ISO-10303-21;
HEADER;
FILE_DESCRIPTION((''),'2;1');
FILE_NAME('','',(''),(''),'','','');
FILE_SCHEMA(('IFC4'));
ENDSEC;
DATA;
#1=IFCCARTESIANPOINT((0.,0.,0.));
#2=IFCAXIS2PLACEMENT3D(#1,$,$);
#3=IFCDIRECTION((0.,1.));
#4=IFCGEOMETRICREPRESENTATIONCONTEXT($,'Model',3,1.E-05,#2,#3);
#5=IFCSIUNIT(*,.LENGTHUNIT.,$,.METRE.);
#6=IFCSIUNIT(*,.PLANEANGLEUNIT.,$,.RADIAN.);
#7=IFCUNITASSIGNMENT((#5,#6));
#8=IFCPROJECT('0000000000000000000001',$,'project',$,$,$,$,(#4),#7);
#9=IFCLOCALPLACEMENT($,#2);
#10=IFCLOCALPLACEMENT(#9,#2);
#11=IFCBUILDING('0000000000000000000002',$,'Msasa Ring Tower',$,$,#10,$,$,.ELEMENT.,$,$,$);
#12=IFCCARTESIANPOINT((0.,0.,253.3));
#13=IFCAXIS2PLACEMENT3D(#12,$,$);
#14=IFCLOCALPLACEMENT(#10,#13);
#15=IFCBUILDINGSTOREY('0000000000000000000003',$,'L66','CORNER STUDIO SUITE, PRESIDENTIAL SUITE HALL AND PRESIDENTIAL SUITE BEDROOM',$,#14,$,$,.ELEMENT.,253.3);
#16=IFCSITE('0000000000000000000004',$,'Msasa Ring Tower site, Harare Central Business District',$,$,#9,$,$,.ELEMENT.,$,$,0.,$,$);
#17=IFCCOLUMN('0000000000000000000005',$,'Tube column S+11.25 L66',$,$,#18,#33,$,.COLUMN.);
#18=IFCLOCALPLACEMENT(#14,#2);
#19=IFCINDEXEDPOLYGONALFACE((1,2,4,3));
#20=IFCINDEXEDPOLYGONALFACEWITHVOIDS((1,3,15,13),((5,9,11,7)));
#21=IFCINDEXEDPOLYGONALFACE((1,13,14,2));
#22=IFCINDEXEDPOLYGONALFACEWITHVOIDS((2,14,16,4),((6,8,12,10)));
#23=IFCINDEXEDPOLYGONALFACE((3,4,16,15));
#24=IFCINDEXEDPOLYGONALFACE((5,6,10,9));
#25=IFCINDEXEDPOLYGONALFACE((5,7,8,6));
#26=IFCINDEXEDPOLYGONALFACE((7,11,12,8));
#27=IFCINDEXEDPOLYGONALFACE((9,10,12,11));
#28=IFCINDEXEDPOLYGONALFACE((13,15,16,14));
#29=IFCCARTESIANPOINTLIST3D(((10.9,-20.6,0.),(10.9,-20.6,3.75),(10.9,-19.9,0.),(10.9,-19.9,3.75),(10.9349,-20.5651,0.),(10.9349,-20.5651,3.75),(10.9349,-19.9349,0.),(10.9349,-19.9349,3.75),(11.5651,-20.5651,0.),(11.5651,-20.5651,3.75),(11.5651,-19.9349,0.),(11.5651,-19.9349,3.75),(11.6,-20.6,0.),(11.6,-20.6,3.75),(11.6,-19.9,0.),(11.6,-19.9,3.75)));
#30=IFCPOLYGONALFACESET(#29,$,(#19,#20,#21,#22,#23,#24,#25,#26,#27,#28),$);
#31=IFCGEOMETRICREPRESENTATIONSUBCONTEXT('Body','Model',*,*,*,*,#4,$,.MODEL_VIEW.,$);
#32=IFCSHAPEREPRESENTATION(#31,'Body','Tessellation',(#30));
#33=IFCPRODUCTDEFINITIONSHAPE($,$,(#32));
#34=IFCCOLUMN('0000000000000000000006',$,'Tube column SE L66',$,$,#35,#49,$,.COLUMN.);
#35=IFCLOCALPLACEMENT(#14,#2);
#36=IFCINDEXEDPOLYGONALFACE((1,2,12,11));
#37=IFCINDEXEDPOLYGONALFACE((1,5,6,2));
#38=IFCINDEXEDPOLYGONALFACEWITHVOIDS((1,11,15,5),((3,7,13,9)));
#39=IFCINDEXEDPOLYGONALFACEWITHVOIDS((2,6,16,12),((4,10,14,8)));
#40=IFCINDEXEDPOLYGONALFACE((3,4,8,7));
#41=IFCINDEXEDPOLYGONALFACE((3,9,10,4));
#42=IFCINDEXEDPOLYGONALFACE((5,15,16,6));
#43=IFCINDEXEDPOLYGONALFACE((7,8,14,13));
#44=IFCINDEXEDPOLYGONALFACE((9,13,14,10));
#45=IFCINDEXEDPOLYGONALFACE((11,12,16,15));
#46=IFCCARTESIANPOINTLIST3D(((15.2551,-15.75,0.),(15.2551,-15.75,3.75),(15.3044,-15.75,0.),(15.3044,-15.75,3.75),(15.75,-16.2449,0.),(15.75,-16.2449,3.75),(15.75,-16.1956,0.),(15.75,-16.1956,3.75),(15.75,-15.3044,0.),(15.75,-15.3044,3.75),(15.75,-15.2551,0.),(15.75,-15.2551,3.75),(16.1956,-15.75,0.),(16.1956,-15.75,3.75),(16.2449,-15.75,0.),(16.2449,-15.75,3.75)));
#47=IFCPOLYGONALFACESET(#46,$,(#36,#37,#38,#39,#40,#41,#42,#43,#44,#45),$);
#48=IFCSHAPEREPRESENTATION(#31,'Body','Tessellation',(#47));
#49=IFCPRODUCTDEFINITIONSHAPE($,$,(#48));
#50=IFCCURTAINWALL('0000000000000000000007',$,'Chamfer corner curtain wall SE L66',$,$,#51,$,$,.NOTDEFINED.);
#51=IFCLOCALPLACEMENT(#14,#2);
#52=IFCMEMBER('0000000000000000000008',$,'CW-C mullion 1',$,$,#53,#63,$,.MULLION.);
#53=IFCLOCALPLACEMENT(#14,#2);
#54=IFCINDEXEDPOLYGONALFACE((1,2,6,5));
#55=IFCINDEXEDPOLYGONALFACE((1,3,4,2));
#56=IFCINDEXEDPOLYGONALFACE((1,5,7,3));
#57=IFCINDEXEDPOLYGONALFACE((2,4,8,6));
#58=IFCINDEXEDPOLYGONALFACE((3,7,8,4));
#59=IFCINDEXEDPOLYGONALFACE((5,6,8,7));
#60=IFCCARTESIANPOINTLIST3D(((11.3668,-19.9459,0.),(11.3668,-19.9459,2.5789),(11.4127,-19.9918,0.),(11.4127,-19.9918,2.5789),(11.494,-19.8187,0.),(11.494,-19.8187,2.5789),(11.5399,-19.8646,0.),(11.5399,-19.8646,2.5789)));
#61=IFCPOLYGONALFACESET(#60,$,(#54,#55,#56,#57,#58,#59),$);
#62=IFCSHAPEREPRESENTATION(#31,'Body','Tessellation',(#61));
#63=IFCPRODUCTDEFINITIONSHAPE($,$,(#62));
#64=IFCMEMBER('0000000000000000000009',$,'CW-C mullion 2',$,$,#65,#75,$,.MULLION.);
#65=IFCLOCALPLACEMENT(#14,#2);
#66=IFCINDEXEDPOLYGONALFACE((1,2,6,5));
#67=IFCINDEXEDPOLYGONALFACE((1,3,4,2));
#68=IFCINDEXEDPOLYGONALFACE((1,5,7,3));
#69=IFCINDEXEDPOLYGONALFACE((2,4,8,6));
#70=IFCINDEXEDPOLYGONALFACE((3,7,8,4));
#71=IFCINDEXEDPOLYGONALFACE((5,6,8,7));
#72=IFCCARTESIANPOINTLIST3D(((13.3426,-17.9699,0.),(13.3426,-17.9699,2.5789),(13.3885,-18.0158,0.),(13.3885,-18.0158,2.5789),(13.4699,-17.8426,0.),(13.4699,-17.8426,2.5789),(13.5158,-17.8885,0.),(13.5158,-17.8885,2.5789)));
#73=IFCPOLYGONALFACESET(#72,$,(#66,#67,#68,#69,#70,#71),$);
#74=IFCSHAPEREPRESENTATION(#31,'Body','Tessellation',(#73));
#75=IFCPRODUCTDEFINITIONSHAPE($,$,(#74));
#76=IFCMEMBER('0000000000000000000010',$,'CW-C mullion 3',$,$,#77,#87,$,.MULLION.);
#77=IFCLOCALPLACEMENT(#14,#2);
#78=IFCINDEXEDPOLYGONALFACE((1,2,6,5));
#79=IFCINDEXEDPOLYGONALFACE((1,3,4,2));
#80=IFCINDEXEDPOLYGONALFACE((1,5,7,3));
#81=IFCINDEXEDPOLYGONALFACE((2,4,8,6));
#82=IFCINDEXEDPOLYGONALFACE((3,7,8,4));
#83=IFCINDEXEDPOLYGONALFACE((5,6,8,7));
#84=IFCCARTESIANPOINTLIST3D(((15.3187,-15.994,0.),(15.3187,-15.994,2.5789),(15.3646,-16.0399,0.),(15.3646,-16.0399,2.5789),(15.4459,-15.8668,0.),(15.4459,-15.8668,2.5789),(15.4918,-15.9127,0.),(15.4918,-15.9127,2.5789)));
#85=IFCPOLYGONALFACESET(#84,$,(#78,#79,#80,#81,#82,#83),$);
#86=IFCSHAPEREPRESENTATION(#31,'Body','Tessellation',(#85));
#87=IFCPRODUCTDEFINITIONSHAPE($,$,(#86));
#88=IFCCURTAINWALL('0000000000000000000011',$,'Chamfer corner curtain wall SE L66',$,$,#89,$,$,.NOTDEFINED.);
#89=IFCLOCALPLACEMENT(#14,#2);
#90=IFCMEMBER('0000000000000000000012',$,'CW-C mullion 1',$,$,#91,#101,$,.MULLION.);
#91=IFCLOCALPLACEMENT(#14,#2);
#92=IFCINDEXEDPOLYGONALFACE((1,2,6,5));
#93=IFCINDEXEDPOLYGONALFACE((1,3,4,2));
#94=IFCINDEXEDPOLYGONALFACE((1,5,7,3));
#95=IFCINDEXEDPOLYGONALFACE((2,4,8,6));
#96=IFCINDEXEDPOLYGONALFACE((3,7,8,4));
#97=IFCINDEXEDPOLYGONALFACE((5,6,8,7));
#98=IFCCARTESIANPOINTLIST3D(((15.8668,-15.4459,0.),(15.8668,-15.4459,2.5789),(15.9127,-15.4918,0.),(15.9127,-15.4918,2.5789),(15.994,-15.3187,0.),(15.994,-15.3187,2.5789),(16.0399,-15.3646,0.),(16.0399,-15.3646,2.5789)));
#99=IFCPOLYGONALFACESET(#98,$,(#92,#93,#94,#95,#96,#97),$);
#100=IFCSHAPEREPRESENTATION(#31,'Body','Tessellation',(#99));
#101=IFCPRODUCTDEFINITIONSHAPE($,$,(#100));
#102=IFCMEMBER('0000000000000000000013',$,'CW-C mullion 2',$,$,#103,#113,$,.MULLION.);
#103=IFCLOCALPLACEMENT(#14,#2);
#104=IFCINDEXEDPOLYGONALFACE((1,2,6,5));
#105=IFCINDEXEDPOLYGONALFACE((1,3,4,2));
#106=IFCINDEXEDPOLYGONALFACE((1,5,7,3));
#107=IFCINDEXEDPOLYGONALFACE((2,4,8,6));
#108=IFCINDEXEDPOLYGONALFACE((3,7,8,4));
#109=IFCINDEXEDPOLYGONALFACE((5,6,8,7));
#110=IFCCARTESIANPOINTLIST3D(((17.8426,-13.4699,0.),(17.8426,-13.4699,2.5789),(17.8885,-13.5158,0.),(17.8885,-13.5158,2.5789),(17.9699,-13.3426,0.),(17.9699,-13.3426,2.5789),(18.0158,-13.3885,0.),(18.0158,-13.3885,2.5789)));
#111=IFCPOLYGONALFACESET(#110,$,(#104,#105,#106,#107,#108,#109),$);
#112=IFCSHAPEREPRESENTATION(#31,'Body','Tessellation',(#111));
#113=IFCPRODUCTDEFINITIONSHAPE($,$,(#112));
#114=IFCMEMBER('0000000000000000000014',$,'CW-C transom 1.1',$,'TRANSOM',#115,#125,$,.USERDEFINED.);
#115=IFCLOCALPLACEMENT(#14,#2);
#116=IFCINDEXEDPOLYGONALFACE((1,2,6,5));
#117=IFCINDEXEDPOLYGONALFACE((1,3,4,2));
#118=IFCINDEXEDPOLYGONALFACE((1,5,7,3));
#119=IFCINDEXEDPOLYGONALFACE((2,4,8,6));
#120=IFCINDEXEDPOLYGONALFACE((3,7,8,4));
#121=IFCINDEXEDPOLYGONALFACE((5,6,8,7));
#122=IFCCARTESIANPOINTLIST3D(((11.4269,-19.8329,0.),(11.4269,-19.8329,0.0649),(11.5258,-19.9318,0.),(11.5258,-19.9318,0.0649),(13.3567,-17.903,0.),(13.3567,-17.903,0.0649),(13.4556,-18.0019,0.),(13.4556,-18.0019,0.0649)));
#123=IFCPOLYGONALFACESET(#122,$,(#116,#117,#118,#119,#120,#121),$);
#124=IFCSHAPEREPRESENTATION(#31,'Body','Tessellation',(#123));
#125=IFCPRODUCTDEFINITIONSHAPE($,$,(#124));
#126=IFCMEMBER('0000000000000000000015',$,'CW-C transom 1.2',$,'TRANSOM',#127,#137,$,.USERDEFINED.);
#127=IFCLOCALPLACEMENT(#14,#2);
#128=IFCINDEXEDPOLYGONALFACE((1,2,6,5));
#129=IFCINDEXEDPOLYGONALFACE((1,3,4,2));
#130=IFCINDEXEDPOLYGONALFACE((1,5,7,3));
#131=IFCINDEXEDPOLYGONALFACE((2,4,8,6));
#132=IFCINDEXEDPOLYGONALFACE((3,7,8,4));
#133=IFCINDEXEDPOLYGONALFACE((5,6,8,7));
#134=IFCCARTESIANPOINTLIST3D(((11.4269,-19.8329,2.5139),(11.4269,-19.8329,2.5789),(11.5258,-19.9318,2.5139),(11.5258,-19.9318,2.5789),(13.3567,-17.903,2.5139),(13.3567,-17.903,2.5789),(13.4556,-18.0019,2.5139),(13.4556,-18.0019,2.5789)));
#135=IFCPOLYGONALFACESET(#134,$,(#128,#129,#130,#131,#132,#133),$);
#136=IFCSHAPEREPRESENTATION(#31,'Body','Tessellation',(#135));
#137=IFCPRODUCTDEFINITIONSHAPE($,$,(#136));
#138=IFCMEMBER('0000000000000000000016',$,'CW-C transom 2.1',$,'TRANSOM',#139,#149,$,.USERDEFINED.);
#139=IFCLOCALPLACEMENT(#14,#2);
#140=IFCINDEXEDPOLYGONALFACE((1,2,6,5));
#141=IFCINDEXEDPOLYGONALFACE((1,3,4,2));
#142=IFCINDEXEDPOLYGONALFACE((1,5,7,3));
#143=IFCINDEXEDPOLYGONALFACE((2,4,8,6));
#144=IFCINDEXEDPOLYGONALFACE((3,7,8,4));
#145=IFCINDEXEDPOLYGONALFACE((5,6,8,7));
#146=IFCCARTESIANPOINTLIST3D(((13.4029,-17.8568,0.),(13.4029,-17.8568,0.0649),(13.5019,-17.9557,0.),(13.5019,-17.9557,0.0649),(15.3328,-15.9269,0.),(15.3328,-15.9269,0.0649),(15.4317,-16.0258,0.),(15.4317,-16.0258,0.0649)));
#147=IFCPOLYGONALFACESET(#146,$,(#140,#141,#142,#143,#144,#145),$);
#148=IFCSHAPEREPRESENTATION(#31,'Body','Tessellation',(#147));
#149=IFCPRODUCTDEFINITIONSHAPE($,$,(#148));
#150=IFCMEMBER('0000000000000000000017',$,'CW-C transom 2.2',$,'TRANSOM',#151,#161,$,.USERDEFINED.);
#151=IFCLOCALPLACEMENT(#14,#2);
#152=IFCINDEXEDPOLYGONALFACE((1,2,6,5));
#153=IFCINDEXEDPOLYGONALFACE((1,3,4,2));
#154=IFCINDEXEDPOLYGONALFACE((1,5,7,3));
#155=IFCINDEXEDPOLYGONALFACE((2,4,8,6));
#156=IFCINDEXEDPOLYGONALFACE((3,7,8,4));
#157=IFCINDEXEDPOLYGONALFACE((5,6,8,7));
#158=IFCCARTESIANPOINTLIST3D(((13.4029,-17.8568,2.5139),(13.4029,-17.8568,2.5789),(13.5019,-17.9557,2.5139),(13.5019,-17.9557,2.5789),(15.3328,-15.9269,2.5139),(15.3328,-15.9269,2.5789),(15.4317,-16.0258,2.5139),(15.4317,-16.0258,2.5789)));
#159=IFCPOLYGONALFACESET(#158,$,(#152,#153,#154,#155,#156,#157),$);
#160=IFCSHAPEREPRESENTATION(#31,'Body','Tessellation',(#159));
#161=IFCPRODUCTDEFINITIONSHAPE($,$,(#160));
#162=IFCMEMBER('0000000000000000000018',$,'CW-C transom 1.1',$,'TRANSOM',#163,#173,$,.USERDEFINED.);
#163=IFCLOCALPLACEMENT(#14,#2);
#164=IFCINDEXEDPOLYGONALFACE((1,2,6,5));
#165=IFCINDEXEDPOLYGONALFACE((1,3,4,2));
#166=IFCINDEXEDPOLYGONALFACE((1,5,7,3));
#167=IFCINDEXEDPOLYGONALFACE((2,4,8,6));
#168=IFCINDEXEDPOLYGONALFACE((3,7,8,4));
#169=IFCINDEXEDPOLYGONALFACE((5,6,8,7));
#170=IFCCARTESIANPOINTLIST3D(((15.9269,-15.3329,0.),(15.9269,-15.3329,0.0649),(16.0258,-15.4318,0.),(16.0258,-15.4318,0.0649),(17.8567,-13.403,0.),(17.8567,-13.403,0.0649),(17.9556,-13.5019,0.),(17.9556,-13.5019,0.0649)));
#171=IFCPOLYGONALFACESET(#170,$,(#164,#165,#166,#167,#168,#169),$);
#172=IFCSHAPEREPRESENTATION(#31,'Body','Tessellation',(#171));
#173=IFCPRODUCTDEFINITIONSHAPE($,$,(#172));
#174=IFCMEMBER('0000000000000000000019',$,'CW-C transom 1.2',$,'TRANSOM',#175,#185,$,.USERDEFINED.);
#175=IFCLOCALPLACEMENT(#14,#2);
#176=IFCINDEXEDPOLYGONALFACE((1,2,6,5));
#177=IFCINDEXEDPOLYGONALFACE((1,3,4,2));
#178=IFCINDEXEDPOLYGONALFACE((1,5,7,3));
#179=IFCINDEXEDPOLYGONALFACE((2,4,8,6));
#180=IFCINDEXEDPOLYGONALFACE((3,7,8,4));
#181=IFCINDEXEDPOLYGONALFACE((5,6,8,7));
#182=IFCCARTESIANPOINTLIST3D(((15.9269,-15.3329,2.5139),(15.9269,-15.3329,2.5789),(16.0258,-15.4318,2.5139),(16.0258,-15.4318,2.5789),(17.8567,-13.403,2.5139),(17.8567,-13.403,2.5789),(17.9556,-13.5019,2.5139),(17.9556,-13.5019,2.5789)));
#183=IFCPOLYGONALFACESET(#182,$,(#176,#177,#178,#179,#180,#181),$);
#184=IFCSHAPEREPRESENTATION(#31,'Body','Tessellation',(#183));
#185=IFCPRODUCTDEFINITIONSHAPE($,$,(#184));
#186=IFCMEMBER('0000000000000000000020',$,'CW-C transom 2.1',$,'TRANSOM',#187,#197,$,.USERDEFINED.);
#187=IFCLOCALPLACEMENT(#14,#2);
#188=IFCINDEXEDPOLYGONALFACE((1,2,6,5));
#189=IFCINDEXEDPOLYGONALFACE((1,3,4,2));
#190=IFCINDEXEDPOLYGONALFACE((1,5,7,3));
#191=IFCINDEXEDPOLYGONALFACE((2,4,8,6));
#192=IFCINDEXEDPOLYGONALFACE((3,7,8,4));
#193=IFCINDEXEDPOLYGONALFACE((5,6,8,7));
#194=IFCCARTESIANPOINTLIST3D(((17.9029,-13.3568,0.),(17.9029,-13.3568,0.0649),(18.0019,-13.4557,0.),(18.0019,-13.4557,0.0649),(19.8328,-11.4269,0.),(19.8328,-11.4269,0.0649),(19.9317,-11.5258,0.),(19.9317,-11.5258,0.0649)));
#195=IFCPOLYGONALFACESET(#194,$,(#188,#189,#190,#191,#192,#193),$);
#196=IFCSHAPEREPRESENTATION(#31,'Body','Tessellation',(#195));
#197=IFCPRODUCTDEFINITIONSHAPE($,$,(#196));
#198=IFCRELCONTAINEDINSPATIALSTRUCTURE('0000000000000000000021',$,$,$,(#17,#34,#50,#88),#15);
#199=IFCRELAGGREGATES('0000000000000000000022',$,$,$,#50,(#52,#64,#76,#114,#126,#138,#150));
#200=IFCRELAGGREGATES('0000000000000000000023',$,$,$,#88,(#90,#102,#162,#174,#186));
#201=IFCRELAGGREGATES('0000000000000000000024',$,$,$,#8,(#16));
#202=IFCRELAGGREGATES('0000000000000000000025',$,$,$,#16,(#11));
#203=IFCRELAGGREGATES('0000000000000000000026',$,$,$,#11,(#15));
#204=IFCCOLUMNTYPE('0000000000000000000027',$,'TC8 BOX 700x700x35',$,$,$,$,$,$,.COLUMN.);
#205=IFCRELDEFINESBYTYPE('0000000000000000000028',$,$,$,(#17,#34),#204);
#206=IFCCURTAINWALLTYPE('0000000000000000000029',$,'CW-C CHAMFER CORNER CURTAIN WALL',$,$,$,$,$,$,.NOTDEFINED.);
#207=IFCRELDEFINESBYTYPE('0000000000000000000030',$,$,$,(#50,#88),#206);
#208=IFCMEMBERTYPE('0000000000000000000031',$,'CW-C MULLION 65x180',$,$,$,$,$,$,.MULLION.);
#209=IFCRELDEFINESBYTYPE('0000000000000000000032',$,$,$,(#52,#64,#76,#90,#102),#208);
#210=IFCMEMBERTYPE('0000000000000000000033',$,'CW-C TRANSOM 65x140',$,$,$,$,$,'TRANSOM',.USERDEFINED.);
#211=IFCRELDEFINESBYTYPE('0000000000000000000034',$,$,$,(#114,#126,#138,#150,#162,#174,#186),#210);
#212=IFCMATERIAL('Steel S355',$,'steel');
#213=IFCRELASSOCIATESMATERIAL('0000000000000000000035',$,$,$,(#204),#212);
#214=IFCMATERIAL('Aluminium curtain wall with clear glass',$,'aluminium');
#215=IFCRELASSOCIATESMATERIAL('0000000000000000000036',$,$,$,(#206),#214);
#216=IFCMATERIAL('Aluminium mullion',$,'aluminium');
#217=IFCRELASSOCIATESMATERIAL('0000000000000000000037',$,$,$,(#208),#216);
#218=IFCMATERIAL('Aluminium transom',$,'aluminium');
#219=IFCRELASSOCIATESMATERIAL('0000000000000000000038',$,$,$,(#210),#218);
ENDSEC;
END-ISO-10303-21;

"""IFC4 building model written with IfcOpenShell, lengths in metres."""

from ifc_helpers import new_model, si_unit, direction, frame, origin, origin_2d, place, context, subcontext, project, spatial, rectangle, hollow_rectangle, extrude, material, material_profile, profile_set, type_object, element, aggregate, save


model = new_model("IFC4")

# Units and contexts
model_context = context("Model", 3, precision=1e-05, world=origin(), true_north=direction((0.0, 1.0)))
body_context = subcontext(model_context, "Body", "Model", "MODEL_VIEW")
ifc_project = project(units=[si_unit("LENGTHUNIT", "METRE"), si_unit("PLANEANGLEUNIT", "RADIAN")], contexts=[model_context])

# Site, building, storey
site_placement = place(None, origin())
site = spatial("IfcSite", under=ifc_project, at=site_placement, Name="Msasa Ring Tower site, Harare Central Business District", CompositionType="ELEMENT", RefElevation=0.0)
building_placement = place(site_placement, origin())
building = spatial("IfcBuilding", under=site, at=building_placement, Name="Msasa Ring Tower", CompositionType="ELEMENT")
storey_placement = place(building_placement, frame((0.0, 0.0, 253.3)))
storey = spatial("IfcBuildingStorey", under=building, at=storey_placement, Name="L66", Description="CORNER STUDIO SUITE, PRESIDENTIAL SUITE HALL AND PRESIDENTIAL SUITE BEDROOM", CompositionType="ELEMENT", Elevation=253.3)

# Columns
ifc_material_1 = material(Name="Steel S355", Category="steel")
ifc_material_profile_1 = material_profile(ifc_material_1, hollow_rectangle(XDim=0.7, YDim=0.7, WallThickness=0.0349, at=origin_2d()), Name="BOX 700x700x35")
ifc_profile_set_1 = profile_set([ifc_material_profile_1], Name="Steel S355")
column_type = type_object("IfcColumnType", Name="TC8 BOX 700x700x35", PredefinedType="COLUMN", material=ifc_profile_set_1)
for number, where, z_axis, x_axis, name in (
    (1, (11.25, -20.25, 0.0), (0.0, 0.0, 1.0), (0.0, 1.0, 0.0), "Tube column S+11.25 L66"),
    (2, (15.75, -15.75, 0.0), (0.0, 0.0, 1.0), (0.707107, -0.707107, 0.0), "Tube column SE L66"),
):
    element("IfcColumn", number, at=place(storey_placement, frame(where, z_axis=z_axis, x_axis=x_axis)), inside=storey, type_object=column_type, Name=name, PredefinedType="COLUMN", context=body_context, shape_type="SweptSolid", body=[
        extrude(hollow_rectangle(XDim=0.7, YDim=0.7, WallThickness=0.0349, at=origin_2d()), origin(), (0.0, 0.0, 1.0), 3.75),
    ])

# Curtain walls, members
ifc_material_2 = material(Name="Aluminium curtain wall with clear glass", Category="aluminium")
curtain_wall_type = type_object("IfcCurtainWallType", Name="CW-C CHAMFER CORNER CURTAIN WALL", PredefinedType="NOTDEFINED", material=ifc_material_2)
curtain_wall_1_placement = place(storey_placement, origin())
curtain_wall_1 = element("IfcCurtainWall", 3, at=curtain_wall_1_placement, inside=storey, type_object=curtain_wall_type, Name="Chamfer corner curtain wall SE L66", PredefinedType="NOTDEFINED")
ifc_material_3 = material(Name="Aluminium mullion", Category="aluminium")
ifc_material_profile_2 = material_profile(ifc_material_3, rectangle(XDim=0.0649, YDim=0.1799, at=origin_2d()), Name="AL 65x180")
ifc_profile_set_2 = profile_set([ifc_material_profile_2], Name="Aluminium mullion")
member_type_1 = type_object("IfcMemberType", Name="CW-C MULLION 65x180", PredefinedType="MULLION", material=ifc_profile_set_2)
member_1_placement = place(storey_placement, frame((11.4534, -19.9053, 0.0), z_axis=(0.0, 0.0, 1.0), x_axis=(-0.707107, 0.707107, 0.0)))
member_1 = element("IfcMember", 4, at=member_1_placement, type_object=member_type_1, Name="CW-C mullion 1", PredefinedType="MULLION", context=body_context, shape_type="SweptSolid", body=[
    extrude(rectangle(XDim=0.0649, YDim=0.1799, at=origin_2d()), origin(), (0.0, 0.0, 1.0), 2.5789),
])
member_2_placement = place(storey_placement, frame((13.4292, -17.9292, 0.0), z_axis=(0.0, 0.0, 1.0), x_axis=(-0.707107, 0.707107, 0.0)))
member_2 = element("IfcMember", 5, at=member_2_placement, type_object=member_type_1, Name="CW-C mullion 2", PredefinedType="MULLION", context=body_context, shape_type="SweptSolid", body=[
    extrude(rectangle(XDim=0.0649, YDim=0.1799, at=origin_2d()), origin(), (0.0, 0.0, 1.0), 2.5789),
])
member_3_placement = place(storey_placement, frame((15.4053, -15.9534, 0.0), z_axis=(0.0, 0.0, 1.0), x_axis=(-0.707107, 0.707107, 0.0)))
member_3 = element("IfcMember", 6, at=member_3_placement, type_object=member_type_1, Name="CW-C mullion 3", PredefinedType="MULLION", context=body_context, shape_type="SweptSolid", body=[
    extrude(rectangle(XDim=0.0649, YDim=0.1799, at=origin_2d()), origin(), (0.0, 0.0, 1.0), 2.5789),
])
curtain_wall_2_placement = place(storey_placement, origin())
curtain_wall_2 = element("IfcCurtainWall", 7, at=curtain_wall_2_placement, inside=storey, type_object=curtain_wall_type, Name="Chamfer corner curtain wall SE L66", PredefinedType="NOTDEFINED")
member_4_placement = place(storey_placement, frame((15.9534, -15.4053, 0.0), z_axis=(0.0, 0.0, 1.0), x_axis=(-0.707107, 0.707107, 0.0)))
member_4 = element("IfcMember", 8, at=member_4_placement, type_object=member_type_1, Name="CW-C mullion 1", PredefinedType="MULLION", context=body_context, shape_type="SweptSolid", body=[
    extrude(rectangle(XDim=0.0649, YDim=0.1799, at=origin_2d()), origin(), (0.0, 0.0, 1.0), 2.5789),
])
member_5_placement = place(storey_placement, frame((17.9292, -13.4292, 0.0), z_axis=(0.0, 0.0, 1.0), x_axis=(-0.707107, 0.707107, 0.0)))
member_5 = element("IfcMember", 9, at=member_5_placement, type_object=member_type_1, Name="CW-C mullion 2", PredefinedType="MULLION", context=body_context, shape_type="SweptSolid", body=[
    extrude(rectangle(XDim=0.0649, YDim=0.1799, at=origin_2d()), origin(), (0.0, 0.0, 1.0), 2.5789),
])

# Members
ifc_material_4 = material(Name="Aluminium transom", Category="aluminium")
ifc_material_profile_3 = material_profile(ifc_material_4, rectangle(XDim=0.1399, YDim=0.0649, at=origin_2d()), Name="AL 65x140")
ifc_profile_set_3 = profile_set([ifc_material_profile_3], Name="Aluminium transom")
member_type_2 = type_object("IfcMemberType", Name="CW-C TRANSOM 65x140", ElementType="TRANSOM", PredefinedType="USERDEFINED", material=ifc_profile_set_3)
member_6_placement = place(storey_placement, frame((11.4763, -19.8823, 0.0325), z_axis=(0.707107, 0.707107, 0.0), x_axis=(-0.707107, 0.707107, 0.0)))
member_6 = element("IfcMember", 10, at=member_6_placement, type_object=member_type_2, Name="CW-C transom 1.1", ObjectType="TRANSOM", PredefinedType="USERDEFINED", context=body_context, shape_type="SweptSolid", body=[
    extrude(rectangle(XDim=0.1399, YDim=0.0649, at=origin_2d()), origin(), (0.0, 0.0, 1.0), 2.7292),
])
member_7_placement = place(storey_placement, frame((11.4763, -19.8823, 2.5464), z_axis=(0.707107, 0.707107, 0.0), x_axis=(-0.707107, 0.707107, 0.0)))
member_7 = element("IfcMember", 11, at=member_7_placement, type_object=member_type_2, Name="CW-C transom 1.2", ObjectType="TRANSOM", PredefinedType="USERDEFINED", context=body_context, shape_type="SweptSolid", body=[
    extrude(rectangle(XDim=0.1399, YDim=0.0649, at=origin_2d()), origin(), (0.0, 0.0, 1.0), 2.7292),
])
member_8_placement = place(storey_placement, frame((13.4524, -17.9062, 0.0325), z_axis=(0.707107, 0.707107, 0.0), x_axis=(-0.707107, 0.707107, 0.0)))
member_8 = element("IfcMember", 12, at=member_8_placement, type_object=member_type_2, Name="CW-C transom 2.1", ObjectType="TRANSOM", PredefinedType="USERDEFINED", context=body_context, shape_type="SweptSolid", body=[
    extrude(rectangle(XDim=0.1399, YDim=0.0649, at=origin_2d()), origin(), (0.0, 0.0, 1.0), 2.7292),
])
member_9_placement = place(storey_placement, frame((13.4524, -17.9062, 2.5464), z_axis=(0.707107, 0.707107, 0.0), x_axis=(-0.707107, 0.707107, 0.0)))
member_9 = element("IfcMember", 13, at=member_9_placement, type_object=member_type_2, Name="CW-C transom 2.2", ObjectType="TRANSOM", PredefinedType="USERDEFINED", context=body_context, shape_type="SweptSolid", body=[
    extrude(rectangle(XDim=0.1399, YDim=0.0649, at=origin_2d()), origin(), (0.0, 0.0, 1.0), 2.7292),
])
member_10_placement = place(storey_placement, frame((15.9763, -15.3823, 0.0325), z_axis=(0.707107, 0.707107, 0.0), x_axis=(-0.707107, 0.707107, 0.0)))
member_10 = element("IfcMember", 14, at=member_10_placement, type_object=member_type_2, Name="CW-C transom 1.1", ObjectType="TRANSOM", PredefinedType="USERDEFINED", context=body_context, shape_type="SweptSolid", body=[
    extrude(rectangle(XDim=0.1399, YDim=0.0649, at=origin_2d()), origin(), (0.0, 0.0, 1.0), 2.7292),
])
member_11_placement = place(storey_placement, frame((15.9763, -15.3823, 2.5464), z_axis=(0.707107, 0.707107, 0.0), x_axis=(-0.707107, 0.707107, 0.0)))
member_11 = element("IfcMember", 15, at=member_11_placement, type_object=member_type_2, Name="CW-C transom 1.2", ObjectType="TRANSOM", PredefinedType="USERDEFINED", context=body_context, shape_type="SweptSolid", body=[
    extrude(rectangle(XDim=0.1399, YDim=0.0649, at=origin_2d()), origin(), (0.0, 0.0, 1.0), 2.7292),
])
member_12_placement = place(storey_placement, frame((17.9524, -13.4062, 0.0325), z_axis=(0.707107, 0.707107, 0.0), x_axis=(-0.707107, 0.707107, 0.0)))
member_12 = element("IfcMember", 16, at=member_12_placement, type_object=member_type_2, Name="CW-C transom 2.1", ObjectType="TRANSOM", PredefinedType="USERDEFINED", context=body_context, shape_type="SweptSolid", body=[
    extrude(rectangle(XDim=0.1399, YDim=0.0649, at=origin_2d()), origin(), (0.0, 0.0, 1.0), 2.7292),
])

aggregate(curtain_wall_1, [member_1, member_2, member_3, member_6, member_7, member_8, member_9])
aggregate(curtain_wall_2, [member_4, member_5, member_10, member_11, member_12])

save(model, "model.ifc")
